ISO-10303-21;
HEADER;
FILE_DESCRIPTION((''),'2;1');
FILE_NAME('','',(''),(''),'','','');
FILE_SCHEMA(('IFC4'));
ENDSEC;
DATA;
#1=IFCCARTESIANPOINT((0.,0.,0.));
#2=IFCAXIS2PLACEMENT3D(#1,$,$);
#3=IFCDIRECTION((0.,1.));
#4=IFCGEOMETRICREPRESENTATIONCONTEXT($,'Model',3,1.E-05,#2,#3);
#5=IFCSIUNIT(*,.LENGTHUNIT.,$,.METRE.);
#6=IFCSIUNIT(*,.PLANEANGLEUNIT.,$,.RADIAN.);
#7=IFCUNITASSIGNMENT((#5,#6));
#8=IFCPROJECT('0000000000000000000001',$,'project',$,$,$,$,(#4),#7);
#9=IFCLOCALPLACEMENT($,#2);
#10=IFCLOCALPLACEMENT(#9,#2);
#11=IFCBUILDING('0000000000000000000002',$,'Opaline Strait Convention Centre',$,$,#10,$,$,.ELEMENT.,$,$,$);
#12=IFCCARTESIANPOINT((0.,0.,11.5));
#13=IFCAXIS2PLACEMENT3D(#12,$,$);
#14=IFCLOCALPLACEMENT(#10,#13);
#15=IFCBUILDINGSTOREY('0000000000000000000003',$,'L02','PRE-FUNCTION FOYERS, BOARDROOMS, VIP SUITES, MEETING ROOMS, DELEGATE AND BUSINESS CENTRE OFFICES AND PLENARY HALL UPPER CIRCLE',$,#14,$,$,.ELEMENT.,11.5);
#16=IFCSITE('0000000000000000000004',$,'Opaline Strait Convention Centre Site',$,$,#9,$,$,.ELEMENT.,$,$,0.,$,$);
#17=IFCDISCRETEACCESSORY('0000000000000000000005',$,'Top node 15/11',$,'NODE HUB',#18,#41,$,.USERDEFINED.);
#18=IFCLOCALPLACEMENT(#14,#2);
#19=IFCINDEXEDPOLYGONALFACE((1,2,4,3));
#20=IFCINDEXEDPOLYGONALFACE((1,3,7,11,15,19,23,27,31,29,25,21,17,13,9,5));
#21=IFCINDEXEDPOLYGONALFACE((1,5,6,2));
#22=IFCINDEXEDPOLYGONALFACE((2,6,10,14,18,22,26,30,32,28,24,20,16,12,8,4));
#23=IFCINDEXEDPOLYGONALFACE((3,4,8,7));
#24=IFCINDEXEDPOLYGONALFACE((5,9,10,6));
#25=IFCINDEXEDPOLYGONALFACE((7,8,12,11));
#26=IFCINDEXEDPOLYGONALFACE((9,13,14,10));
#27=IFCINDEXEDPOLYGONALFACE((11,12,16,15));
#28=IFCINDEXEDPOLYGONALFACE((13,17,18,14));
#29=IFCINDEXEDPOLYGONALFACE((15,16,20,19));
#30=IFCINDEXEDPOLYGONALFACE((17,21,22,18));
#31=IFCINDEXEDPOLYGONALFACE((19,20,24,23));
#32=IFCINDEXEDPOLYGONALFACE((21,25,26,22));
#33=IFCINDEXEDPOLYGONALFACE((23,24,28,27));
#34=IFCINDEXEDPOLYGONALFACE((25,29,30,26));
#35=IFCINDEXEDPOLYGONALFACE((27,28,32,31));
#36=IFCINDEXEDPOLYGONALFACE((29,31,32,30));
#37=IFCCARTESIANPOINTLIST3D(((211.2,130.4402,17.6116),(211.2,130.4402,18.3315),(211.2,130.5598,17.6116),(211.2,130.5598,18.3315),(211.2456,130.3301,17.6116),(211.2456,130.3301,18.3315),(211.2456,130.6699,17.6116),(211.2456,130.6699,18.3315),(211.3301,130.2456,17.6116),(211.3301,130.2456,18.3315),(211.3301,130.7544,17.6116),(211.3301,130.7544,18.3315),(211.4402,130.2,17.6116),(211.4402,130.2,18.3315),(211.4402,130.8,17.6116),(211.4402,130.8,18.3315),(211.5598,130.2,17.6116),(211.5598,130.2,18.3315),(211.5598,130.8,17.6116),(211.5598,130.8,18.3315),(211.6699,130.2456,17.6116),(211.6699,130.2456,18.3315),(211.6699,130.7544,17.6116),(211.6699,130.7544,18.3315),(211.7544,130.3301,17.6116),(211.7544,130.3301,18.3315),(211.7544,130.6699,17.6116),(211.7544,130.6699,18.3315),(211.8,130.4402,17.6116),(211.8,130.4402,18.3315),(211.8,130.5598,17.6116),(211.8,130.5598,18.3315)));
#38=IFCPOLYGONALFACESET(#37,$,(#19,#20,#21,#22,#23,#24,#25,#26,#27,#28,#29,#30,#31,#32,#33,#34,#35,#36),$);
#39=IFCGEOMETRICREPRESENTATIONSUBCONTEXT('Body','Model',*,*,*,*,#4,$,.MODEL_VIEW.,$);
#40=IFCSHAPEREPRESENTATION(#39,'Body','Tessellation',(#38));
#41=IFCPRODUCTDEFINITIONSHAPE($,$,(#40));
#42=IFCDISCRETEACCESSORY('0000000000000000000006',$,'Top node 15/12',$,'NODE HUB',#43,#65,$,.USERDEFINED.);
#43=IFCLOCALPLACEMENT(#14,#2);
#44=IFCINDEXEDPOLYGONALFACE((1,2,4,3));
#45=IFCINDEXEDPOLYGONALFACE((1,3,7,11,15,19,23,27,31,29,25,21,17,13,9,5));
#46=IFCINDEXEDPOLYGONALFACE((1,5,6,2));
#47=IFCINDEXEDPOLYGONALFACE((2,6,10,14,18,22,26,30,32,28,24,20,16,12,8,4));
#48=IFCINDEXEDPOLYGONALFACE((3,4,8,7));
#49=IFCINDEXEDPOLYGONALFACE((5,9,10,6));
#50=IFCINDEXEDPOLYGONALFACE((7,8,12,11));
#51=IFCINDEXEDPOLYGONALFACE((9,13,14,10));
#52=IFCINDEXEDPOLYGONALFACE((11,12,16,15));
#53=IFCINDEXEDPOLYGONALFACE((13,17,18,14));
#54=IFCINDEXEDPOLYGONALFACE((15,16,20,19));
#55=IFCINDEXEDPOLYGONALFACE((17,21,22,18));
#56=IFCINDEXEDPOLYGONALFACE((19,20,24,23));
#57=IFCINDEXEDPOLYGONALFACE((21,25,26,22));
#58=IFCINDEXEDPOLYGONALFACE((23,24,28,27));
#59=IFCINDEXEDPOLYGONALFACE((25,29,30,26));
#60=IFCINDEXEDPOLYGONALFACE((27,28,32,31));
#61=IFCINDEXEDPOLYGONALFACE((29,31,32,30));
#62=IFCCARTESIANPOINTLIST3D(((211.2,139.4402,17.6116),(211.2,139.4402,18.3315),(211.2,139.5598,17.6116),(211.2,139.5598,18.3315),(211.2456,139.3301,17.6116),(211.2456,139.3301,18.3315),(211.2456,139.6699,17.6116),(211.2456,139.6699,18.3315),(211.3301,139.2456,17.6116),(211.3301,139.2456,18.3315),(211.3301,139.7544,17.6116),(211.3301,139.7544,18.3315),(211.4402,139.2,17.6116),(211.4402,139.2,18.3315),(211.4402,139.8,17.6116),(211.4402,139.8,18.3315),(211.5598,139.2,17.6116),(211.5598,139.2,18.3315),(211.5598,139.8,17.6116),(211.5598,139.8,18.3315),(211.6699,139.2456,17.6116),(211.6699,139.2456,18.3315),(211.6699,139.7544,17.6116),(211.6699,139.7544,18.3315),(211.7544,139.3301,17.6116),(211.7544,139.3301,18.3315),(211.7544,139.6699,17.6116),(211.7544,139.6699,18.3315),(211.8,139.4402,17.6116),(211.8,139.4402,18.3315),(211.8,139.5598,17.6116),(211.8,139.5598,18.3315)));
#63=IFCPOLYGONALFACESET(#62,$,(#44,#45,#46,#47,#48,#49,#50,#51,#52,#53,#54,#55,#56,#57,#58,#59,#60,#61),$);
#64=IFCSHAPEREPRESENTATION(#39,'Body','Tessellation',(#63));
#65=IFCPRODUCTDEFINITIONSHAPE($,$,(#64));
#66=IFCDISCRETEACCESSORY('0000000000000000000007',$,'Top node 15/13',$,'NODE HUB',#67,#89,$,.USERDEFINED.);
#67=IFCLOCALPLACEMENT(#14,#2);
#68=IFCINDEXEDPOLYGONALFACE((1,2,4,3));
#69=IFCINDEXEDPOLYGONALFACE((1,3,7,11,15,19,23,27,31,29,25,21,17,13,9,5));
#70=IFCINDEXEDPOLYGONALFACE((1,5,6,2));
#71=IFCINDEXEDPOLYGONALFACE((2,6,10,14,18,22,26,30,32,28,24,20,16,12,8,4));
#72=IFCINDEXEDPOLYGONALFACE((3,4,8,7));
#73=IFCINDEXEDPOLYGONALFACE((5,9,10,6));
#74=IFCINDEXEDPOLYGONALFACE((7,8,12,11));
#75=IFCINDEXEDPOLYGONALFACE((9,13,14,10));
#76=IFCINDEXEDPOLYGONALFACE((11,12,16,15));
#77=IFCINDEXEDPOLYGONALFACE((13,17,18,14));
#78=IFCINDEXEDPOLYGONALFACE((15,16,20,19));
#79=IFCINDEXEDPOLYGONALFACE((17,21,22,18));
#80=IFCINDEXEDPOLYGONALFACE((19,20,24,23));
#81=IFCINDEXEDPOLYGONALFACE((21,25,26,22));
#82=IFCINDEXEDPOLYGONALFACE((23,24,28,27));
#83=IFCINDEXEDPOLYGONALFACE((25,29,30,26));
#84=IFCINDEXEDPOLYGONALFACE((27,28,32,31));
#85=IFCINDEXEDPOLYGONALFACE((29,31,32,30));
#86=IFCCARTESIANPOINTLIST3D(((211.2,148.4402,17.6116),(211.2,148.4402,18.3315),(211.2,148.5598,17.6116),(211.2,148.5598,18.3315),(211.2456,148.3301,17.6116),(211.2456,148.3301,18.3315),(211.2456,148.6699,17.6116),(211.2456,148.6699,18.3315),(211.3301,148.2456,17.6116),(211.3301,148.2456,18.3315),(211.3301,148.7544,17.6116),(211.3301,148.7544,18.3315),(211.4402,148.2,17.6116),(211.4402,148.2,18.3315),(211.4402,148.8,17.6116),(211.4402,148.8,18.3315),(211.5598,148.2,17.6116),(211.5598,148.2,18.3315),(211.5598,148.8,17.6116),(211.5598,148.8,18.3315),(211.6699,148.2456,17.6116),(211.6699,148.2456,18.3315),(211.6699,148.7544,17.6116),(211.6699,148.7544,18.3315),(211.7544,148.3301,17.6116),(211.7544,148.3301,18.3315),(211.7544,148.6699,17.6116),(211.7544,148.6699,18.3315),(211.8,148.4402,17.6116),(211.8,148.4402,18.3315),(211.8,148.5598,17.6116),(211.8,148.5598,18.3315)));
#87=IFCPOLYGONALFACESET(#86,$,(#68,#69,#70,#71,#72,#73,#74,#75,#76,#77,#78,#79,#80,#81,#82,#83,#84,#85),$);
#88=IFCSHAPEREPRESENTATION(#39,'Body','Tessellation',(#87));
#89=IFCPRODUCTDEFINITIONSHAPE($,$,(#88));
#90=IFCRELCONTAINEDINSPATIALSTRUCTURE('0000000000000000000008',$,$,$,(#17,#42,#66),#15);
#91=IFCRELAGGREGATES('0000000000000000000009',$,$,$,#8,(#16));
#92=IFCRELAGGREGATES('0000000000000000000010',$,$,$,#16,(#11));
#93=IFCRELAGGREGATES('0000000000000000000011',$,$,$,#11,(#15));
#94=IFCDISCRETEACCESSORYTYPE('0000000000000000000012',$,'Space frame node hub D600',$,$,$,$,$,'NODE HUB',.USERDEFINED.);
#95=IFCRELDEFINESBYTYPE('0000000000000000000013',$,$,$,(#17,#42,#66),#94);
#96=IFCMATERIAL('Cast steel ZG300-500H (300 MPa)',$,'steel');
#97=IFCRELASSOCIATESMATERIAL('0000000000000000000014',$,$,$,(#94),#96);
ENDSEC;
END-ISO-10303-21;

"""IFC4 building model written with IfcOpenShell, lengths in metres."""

from ifc_helpers import new_model, si_unit, direction, frame, origin, place, context, subcontext, project, spatial, polyline, outline, extrude, material, type_object, element, save


model = new_model("IFC4")

# Units and contexts
model_context = context("Model", 3, precision=1e-05, world=origin(), true_north=direction((0.0, 1.0)))
body_context = subcontext(model_context, "Body", "Model", "MODEL_VIEW")
ifc_project = project(units=[si_unit("LENGTHUNIT", "METRE"), si_unit("PLANEANGLEUNIT", "RADIAN")], contexts=[model_context])

# Site, building, storey
site_placement = place(None, origin())
site = spatial("IfcSite", under=ifc_project, at=site_placement, Name="Opaline Strait Convention Centre Site", CompositionType="ELEMENT", RefElevation=0.0)
building_placement = place(site_placement, origin())
building = spatial("IfcBuilding", under=site, at=building_placement, Name="Opaline Strait Convention Centre", CompositionType="ELEMENT")
storey_placement = place(building_placement, frame((0.0, 0.0, 11.5)))
storey = spatial("IfcBuildingStorey", under=building, at=storey_placement, Name="L02", Description="PRE-FUNCTION FOYERS, BOARDROOMS, VIP SUITES, MEETING ROOMS, DELEGATE AND BUSINESS CENTRE OFFICES AND PLENARY HALL UPPER CIRCLE", CompositionType="ELEMENT", Elevation=11.5)

# Discrete accessories
ifc_material = material(Name="Cast steel ZG300-500H (300 MPa)", Category="steel")
discrete_accessory_type = type_object("IfcDiscreteAccessoryType", Name="Space frame node hub D600", ElementType="NODE HUB", PredefinedType="USERDEFINED", material=ifc_material)
discrete_accessory_1_placement = place(storey_placement, frame((0.0, 0.0, 17.6116)))
element("IfcDiscreteAccessory", 1, at=discrete_accessory_1_placement, inside=storey, type_object=discrete_accessory_type, Name="Top node 15/11", ObjectType="NODE HUB", PredefinedType="USERDEFINED", context=body_context, shape_type="SweptSolid", body=[
    extrude(outline(polyline([(211.8, 130.5598), (211.7544, 130.6699), (211.6699, 130.7544), (211.5598, 130.8), (211.4402, 130.8), (211.3301, 130.7544), (211.2456, 130.6699), (211.2, 130.5598), (211.2, 130.4402), (211.2456, 130.3301), (211.3301, 130.2456), (211.4402, 130.2), (211.5598, 130.2), (211.6699, 130.2456), (211.7544, 130.3301), (211.8, 130.4402), (211.8, 130.5598)])), origin(), (0.0, 0.0, 1.0), 0.72),
])
discrete_accessory_2_placement = place(storey_placement, frame((0.0, 0.0, 17.6116)))
element("IfcDiscreteAccessory", 2, at=discrete_accessory_2_placement, inside=storey, type_object=discrete_accessory_type, Name="Top node 15/12", ObjectType="NODE HUB", PredefinedType="USERDEFINED", context=body_context, shape_type="SweptSolid", body=[
    extrude(outline(polyline([(211.8, 139.5598), (211.7544, 139.6699), (211.6699, 139.7544), (211.5598, 139.8), (211.4402, 139.8), (211.3301, 139.7544), (211.2456, 139.6699), (211.2, 139.5598), (211.2, 139.4402), (211.2456, 139.3301), (211.3301, 139.2456), (211.4402, 139.2), (211.5598, 139.2), (211.6699, 139.2456), (211.7544, 139.3301), (211.8, 139.4402), (211.8, 139.5598)])), origin(), (0.0, 0.0, 1.0), 0.72),
])
discrete_accessory_3_placement = place(storey_placement, frame((0.0, 0.0, 17.6116)))
element("IfcDiscreteAccessory", 3, at=discrete_accessory_3_placement, inside=storey, type_object=discrete_accessory_type, Name="Top node 15/13", ObjectType="NODE HUB", PredefinedType="USERDEFINED", context=body_context, shape_type="SweptSolid", body=[
    extrude(outline(polyline([(211.8, 148.5598), (211.7544, 148.6699), (211.6699, 148.7544), (211.5598, 148.8), (211.4402, 148.8), (211.3301, 148.7544), (211.2456, 148.6699), (211.2, 148.5598), (211.2, 148.4402), (211.2456, 148.3301), (211.3301, 148.2456), (211.4402, 148.2), (211.5598, 148.2), (211.6699, 148.2456), (211.7544, 148.3301), (211.8, 148.4402), (211.8, 148.5598)])), origin(), (0.0, 0.0, 1.0), 0.72),
])

save(model, "model.ifc")
